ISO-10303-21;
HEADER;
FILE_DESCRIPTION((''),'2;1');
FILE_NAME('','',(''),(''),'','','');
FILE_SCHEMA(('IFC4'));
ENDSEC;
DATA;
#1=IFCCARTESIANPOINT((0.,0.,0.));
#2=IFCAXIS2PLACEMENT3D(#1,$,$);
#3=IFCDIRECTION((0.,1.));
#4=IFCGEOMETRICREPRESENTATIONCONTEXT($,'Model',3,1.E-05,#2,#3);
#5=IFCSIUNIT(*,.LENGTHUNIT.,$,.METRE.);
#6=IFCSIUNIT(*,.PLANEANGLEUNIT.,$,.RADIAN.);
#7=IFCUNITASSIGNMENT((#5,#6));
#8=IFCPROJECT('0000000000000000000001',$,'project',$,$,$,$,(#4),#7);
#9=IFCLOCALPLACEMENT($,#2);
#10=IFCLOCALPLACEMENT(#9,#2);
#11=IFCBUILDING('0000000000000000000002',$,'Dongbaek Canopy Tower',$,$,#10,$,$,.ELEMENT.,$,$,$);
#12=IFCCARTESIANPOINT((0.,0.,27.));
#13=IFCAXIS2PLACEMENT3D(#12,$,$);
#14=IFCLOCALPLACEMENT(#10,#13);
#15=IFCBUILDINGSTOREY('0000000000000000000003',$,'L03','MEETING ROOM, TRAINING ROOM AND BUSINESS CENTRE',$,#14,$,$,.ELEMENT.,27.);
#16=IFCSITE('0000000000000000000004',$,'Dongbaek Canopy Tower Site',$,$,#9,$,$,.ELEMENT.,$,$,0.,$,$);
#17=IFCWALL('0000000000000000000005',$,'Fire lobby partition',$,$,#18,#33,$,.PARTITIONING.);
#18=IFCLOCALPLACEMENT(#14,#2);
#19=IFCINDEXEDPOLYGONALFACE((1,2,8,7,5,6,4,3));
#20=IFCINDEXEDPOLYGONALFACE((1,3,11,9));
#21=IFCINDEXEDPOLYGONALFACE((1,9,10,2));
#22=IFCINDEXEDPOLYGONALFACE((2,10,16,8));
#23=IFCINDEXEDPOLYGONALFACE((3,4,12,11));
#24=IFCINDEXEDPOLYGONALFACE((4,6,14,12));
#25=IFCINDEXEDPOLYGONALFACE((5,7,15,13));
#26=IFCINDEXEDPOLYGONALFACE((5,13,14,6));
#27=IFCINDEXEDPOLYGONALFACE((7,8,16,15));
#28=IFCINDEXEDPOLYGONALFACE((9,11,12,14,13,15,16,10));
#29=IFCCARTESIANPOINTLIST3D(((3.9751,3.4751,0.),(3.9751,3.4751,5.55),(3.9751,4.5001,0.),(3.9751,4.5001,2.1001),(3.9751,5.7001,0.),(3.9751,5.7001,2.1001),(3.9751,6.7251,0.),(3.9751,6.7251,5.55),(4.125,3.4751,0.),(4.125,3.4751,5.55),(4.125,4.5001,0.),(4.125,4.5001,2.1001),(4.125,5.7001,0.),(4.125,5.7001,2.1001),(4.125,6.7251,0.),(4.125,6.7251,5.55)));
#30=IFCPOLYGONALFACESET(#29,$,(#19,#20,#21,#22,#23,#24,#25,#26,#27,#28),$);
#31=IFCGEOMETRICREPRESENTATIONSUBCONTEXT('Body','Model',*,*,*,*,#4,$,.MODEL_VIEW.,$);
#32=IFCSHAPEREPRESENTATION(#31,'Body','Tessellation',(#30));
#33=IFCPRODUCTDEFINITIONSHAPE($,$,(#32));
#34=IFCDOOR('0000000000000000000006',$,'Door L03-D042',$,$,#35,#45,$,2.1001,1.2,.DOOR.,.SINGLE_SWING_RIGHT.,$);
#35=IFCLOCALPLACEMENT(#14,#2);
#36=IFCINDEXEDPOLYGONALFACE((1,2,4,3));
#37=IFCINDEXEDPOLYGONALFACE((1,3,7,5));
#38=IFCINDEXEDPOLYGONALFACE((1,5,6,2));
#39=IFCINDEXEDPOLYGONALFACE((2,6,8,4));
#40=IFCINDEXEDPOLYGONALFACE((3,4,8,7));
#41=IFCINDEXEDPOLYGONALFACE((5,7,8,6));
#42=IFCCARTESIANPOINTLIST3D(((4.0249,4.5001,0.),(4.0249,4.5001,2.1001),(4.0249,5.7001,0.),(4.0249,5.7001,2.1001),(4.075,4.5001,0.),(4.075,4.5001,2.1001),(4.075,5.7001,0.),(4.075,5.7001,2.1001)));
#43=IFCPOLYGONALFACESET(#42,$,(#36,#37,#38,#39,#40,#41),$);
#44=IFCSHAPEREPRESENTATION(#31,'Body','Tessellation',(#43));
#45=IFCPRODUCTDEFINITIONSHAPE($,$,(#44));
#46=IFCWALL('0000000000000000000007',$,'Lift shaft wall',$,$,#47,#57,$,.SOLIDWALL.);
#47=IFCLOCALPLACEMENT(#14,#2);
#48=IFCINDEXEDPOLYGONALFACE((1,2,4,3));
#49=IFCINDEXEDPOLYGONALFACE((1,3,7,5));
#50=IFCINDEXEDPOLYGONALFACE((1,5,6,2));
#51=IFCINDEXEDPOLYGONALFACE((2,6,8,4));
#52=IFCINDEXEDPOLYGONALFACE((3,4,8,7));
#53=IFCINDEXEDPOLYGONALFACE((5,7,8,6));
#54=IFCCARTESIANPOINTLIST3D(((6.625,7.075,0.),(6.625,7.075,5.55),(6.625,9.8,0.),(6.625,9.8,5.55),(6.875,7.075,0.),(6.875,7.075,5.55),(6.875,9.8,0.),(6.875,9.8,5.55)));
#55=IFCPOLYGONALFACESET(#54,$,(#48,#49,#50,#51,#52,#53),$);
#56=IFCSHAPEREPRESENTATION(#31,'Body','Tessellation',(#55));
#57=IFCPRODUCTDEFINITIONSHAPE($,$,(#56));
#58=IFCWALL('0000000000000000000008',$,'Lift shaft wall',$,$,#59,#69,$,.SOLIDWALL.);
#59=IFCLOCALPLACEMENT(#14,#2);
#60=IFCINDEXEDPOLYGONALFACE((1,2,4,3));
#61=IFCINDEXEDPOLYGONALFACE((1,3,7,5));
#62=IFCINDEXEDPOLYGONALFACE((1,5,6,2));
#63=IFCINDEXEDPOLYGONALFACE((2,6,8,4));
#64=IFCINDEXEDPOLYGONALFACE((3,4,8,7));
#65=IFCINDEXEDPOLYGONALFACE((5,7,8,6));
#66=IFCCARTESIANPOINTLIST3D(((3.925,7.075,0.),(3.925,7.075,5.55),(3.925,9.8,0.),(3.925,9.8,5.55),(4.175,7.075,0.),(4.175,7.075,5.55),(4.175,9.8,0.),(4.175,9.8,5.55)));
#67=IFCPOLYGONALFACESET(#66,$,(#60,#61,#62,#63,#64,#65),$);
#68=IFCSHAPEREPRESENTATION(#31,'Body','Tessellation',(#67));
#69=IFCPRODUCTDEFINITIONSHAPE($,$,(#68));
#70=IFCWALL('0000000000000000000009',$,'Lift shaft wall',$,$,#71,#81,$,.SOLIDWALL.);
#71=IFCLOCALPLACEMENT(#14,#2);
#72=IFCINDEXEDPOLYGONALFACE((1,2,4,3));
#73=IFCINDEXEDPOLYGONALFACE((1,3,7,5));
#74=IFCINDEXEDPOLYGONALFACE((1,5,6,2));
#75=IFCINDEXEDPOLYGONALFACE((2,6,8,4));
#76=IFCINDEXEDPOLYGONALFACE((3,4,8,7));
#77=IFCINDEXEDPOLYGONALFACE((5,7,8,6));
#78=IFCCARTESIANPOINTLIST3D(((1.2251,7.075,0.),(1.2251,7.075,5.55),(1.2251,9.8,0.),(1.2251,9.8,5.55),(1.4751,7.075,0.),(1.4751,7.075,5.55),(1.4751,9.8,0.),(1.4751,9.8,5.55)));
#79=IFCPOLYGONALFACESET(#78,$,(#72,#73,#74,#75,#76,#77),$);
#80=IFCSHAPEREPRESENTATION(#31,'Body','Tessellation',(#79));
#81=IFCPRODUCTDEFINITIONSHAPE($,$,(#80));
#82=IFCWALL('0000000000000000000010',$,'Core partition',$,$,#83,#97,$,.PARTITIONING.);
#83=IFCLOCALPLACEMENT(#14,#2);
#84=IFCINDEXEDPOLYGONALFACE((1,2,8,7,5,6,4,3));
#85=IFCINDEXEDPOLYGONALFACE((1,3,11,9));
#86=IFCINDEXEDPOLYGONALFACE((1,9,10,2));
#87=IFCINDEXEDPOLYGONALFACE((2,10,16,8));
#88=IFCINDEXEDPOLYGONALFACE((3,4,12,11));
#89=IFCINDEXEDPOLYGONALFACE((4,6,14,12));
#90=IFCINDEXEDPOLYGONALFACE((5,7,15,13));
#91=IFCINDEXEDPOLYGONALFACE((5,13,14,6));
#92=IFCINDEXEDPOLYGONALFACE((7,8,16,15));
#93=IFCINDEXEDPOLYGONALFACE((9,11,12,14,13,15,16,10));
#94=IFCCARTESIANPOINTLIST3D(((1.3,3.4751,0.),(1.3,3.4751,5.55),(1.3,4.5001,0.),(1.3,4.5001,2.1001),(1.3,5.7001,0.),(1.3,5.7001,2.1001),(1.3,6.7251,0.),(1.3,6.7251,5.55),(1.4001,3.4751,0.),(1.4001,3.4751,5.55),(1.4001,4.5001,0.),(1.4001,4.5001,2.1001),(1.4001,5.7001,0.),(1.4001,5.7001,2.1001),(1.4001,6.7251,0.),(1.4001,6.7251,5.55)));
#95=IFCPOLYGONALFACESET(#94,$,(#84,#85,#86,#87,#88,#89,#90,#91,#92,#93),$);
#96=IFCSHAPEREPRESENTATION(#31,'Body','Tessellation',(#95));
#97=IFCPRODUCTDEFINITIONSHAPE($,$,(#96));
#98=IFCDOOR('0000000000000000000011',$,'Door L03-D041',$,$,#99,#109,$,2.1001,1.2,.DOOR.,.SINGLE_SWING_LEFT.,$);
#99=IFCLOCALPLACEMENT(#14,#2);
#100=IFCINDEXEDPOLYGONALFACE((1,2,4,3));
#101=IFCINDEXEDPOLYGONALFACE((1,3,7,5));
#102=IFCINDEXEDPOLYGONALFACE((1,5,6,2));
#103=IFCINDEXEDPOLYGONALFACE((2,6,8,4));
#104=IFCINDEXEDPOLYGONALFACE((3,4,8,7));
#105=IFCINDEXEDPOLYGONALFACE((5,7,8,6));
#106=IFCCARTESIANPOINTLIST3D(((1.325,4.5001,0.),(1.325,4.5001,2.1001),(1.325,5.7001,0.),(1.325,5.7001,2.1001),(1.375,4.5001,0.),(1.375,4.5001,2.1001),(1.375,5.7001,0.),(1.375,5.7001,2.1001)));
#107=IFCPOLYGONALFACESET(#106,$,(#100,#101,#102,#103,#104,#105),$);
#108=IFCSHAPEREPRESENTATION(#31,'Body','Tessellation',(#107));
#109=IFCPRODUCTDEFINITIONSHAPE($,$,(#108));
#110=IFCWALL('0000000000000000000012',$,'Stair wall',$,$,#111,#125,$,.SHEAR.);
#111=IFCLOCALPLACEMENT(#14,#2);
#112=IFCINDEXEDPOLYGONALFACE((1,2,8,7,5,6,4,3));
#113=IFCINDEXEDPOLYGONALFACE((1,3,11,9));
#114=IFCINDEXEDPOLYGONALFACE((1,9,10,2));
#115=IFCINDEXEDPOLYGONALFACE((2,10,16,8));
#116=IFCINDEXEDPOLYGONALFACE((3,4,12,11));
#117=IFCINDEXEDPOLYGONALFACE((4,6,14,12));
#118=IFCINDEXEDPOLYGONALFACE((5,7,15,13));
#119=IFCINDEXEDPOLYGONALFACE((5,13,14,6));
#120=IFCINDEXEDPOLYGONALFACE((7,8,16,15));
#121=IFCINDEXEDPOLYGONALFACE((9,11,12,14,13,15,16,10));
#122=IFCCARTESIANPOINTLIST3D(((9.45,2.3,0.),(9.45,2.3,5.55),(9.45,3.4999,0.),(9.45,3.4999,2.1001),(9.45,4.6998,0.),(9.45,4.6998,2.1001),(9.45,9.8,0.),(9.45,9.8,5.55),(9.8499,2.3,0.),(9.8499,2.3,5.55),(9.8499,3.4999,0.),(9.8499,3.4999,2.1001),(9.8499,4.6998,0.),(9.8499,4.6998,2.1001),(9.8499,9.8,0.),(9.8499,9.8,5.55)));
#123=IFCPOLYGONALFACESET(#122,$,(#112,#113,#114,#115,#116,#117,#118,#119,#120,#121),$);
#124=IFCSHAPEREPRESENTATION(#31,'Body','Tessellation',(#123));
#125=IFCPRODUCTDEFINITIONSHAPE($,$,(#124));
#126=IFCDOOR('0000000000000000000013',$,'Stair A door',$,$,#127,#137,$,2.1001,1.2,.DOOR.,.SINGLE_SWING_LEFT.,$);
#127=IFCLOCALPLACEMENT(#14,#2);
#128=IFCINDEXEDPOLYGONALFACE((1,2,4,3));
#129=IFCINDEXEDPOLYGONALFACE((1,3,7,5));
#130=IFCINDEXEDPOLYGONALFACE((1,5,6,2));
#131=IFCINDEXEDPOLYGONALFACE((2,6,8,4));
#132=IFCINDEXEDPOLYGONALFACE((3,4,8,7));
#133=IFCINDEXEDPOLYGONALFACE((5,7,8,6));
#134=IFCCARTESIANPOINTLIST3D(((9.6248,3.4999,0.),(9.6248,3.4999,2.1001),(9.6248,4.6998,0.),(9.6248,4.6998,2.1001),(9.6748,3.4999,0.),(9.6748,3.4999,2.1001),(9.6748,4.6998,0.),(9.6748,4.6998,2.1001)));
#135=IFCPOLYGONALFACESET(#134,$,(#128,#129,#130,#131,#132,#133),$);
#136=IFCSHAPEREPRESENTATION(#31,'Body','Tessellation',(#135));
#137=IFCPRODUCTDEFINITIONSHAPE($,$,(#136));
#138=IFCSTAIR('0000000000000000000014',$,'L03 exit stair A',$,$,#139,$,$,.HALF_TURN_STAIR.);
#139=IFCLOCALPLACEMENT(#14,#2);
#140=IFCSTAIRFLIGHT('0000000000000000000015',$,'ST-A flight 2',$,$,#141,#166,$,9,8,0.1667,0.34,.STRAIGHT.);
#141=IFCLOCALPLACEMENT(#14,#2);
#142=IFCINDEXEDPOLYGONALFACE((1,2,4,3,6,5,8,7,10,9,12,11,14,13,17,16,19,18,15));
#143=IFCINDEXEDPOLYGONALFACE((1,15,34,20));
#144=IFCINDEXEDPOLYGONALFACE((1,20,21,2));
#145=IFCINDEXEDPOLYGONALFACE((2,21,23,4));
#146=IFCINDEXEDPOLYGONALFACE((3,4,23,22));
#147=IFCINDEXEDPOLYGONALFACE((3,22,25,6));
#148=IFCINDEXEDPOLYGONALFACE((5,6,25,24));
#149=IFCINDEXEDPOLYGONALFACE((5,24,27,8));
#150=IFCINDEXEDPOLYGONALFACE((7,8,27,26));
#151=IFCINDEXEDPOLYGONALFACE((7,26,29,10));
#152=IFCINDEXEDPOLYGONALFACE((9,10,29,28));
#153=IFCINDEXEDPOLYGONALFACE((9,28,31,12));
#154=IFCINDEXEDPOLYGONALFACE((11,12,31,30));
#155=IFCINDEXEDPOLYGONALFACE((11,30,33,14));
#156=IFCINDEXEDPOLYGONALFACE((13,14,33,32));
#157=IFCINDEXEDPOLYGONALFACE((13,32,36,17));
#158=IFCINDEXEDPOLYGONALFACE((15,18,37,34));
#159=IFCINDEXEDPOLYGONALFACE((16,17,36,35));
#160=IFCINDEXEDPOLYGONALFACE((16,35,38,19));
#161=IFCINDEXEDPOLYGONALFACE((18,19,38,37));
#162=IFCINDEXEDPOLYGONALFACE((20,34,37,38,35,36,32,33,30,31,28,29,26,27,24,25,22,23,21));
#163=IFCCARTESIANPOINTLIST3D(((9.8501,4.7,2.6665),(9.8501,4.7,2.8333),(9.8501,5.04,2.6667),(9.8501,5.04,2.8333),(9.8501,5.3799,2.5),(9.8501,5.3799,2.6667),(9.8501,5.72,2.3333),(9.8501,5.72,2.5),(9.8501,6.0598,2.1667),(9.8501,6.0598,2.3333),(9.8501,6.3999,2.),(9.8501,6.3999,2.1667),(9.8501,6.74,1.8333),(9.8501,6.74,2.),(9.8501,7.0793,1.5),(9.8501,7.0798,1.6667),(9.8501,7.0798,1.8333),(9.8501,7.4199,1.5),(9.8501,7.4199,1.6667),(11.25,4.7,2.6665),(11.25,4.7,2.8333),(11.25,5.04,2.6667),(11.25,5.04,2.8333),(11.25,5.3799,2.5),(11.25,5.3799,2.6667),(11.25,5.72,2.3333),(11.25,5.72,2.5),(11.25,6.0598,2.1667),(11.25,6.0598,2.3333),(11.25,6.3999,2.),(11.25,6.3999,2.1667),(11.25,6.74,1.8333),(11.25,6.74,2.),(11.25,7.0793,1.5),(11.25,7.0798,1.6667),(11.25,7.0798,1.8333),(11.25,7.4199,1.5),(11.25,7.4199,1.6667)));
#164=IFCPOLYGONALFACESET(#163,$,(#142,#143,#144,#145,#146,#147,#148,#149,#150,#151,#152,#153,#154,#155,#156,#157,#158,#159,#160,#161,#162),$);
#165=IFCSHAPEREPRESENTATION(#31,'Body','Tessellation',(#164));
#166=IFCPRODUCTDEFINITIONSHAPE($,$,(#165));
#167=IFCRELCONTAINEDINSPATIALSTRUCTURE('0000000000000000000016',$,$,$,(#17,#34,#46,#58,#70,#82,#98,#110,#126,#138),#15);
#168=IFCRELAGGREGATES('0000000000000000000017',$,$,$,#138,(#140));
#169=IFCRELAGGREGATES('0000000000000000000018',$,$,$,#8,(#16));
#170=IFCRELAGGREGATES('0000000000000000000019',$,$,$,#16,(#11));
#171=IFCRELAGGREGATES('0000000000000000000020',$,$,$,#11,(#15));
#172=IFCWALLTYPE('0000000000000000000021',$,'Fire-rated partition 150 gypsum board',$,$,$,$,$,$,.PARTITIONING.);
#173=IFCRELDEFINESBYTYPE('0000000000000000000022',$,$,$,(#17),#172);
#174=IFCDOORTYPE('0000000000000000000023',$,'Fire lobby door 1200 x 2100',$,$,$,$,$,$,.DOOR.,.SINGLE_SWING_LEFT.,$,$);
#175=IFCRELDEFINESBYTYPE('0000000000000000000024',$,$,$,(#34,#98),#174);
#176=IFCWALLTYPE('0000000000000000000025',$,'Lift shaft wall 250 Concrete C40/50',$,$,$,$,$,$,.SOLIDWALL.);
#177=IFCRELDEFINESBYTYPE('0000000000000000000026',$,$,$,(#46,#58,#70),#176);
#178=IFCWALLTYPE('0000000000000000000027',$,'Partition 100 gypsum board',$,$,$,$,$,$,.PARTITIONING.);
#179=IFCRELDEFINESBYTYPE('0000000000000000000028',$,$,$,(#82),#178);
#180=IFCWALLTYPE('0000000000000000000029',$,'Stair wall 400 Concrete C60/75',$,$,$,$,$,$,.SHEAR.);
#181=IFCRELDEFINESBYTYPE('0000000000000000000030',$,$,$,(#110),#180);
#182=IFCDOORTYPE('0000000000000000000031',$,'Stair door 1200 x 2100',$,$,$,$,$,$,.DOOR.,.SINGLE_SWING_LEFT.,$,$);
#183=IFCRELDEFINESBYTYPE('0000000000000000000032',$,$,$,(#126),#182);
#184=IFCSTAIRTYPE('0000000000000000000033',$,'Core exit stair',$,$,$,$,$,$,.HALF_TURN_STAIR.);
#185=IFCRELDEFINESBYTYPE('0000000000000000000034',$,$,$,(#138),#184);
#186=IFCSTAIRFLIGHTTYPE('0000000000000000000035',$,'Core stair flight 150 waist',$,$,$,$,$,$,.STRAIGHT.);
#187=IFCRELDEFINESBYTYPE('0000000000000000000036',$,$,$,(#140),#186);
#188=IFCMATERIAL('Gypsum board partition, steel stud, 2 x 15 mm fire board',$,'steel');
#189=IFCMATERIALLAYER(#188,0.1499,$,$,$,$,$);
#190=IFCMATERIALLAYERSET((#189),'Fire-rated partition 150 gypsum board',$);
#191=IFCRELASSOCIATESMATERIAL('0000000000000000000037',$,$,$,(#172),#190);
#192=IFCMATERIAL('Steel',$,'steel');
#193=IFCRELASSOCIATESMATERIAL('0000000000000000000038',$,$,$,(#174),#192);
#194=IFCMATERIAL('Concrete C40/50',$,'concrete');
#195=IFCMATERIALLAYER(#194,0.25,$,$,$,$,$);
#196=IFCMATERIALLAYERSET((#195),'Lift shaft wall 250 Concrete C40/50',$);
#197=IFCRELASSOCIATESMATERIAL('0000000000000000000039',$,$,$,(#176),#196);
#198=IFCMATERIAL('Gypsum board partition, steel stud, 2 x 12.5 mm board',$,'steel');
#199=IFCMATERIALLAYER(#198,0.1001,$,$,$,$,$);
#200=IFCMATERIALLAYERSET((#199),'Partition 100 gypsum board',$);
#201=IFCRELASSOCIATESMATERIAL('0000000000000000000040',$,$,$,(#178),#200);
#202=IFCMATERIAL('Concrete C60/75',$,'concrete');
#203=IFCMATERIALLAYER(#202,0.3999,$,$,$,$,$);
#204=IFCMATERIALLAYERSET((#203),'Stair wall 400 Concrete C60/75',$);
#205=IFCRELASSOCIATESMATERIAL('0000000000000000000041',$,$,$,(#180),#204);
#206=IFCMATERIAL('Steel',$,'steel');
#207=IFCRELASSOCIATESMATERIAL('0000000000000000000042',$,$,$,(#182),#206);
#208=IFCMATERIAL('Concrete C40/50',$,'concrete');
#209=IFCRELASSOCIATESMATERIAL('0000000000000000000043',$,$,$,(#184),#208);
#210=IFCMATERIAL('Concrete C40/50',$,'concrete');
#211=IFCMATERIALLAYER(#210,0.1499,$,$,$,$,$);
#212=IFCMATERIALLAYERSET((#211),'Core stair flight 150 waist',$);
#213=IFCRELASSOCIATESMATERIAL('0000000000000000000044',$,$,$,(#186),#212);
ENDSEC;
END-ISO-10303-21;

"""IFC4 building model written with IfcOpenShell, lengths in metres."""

from ifc_helpers import new_model, si_unit, direction, frame, frame_2d, origin, place, context, subcontext, project, spatial, polyline, rectangle, outline, extrude, material, layer, layer_set, type_object, element, fill, aggregate, save


model = new_model("IFC4")

# Units and contexts
model_context = context("Model", 3, precision=1e-05, world=origin(), true_north=direction((0.0, 1.0)))
body_context = subcontext(model_context, "Body", "Model", "MODEL_VIEW")
ifc_project = project(units=[si_unit("LENGTHUNIT", "METRE"), si_unit("PLANEANGLEUNIT", "RADIAN")], contexts=[model_context])

# Site, building, storey
site_placement = place(None, origin())
site = spatial("IfcSite", under=ifc_project, at=site_placement, Name="Dongbaek Canopy Tower Site", CompositionType="ELEMENT", RefElevation=0.0)
building_placement = place(site_placement, origin())
building = spatial("IfcBuilding", under=site, at=building_placement, Name="Dongbaek Canopy Tower", CompositionType="ELEMENT")
storey_placement = place(building_placement, frame((0.0, 0.0, 27.0)))
storey = spatial("IfcBuildingStorey", under=building, at=storey_placement, Name="L03", Description="MEETING ROOM, TRAINING ROOM AND BUSINESS CENTRE", CompositionType="ELEMENT", Elevation=27.0)

# Wall, opening, door
ifc_material_1 = material(Name="Gypsum board partition, steel stud, 2 x 15 mm fire board", Category="steel")
ifc_layer_1 = layer(ifc_material_1, 0.1499)
ifc_layer_set_1 = layer_set([ifc_layer_1], Name="Fire-rated partition 150 gypsum board")
wall_type_1 = type_object("IfcWallType", Name="Fire-rated partition 150 gypsum board", PredefinedType="PARTITIONING", material=ifc_layer_set_1)
wall_1_placement = place(storey_placement, frame((4.05, 6.7251, 0.0), z_axis=(0.0, 0.0, 1.0), x_axis=(0.0, -1.0, 0.0)))
wall_1 = element("IfcWall", 1, at=wall_1_placement, inside=storey, type_object=wall_type_1, Name="Fire lobby partition", PredefinedType="PARTITIONING", context=body_context, shape_type="SweptSolid", body=[
    extrude(rectangle(XDim=3.25, YDim=0.1499, at=frame_2d((1.625, 0.0))), origin(), (0.0, 0.0, 1.0), 5.55),
])
opening_1_placement = place(wall_1_placement, frame((1.0249, 0.0, 0.0)))
opening_1 = element("IfcOpeningElement", 2, at=opening_1_placement, cuts=wall_1, PredefinedType="OPENING", context=body_context, shape_type="SweptSolid", body=[
    extrude(rectangle(XDim=1.2, YDim=2.1001, at=frame_2d((0.6001, 1.05))), frame((0.0, 0.085, 0.0), z_axis=(0.0, -1.0, 0.0), x_axis=(1.0, 0.0, 0.0)), (0.0, 0.0, 1.0), 0.1699),
])
ifc_material_2 = material(Name="Steel", Category="steel")
door_type_1 = type_object("IfcDoorType", Name="Fire lobby door 1200 x 2100", OperationType="SINGLE_SWING_LEFT", PredefinedType="DOOR", material=ifc_material_2)
door_1_placement = place(opening_1_placement, origin())
door_1 = element("IfcDoor", 3, at=door_1_placement, inside=storey, type_object=door_type_1, Name="Door L03-D042", OperationType="SINGLE_SWING_RIGHT", OverallHeight=2.1001, OverallWidth=1.2, PredefinedType="DOOR", context=body_context, shape_type="SweptSolid", body=[
    extrude(rectangle(XDim=1.2, YDim=2.1001, at=frame_2d((0.6001, 1.05))), frame((0.0, 0.0249, 0.0), z_axis=(0.0, -1.0, 0.0), x_axis=(1.0, 0.0, 0.0)), (0.0, 0.0, 1.0), 0.05),
])
fill(opening_1, door_1)

# Walls
ifc_material_3 = material(Name="Concrete C40/50", Category="concrete")
ifc_layer_2 = layer(ifc_material_3, 0.25)
ifc_layer_set_2 = layer_set([ifc_layer_2], Name="Lift shaft wall 250 Concrete C40/50")
wall_type_2 = type_object("IfcWallType", Name="Lift shaft wall 250 Concrete C40/50", PredefinedType="SOLIDWALL", material=ifc_layer_set_2)
for number, where, z_axis, x_axis, name in (
    (4, (6.75, 7.075, 0.0), (0.0, 0.0, 1.0), (0.0, 1.0, 0.0), "Lift shaft wall"),
    (5, (4.05, 7.075, 0.0), (0.0, 0.0, 1.0), (0.0, 1.0, 0.0), "Lift shaft wall"),
    (6, (1.3501, 7.075, 0.0), (0.0, 0.0, 1.0), (0.0, 1.0, 0.0), "Lift shaft wall"),
):
    element("IfcWall", number, at=place(storey_placement, frame(where, z_axis=z_axis, x_axis=x_axis)), inside=storey, type_object=wall_type_2, Name=name, PredefinedType="SOLIDWALL", context=body_context, shape_type="SweptSolid", body=[
        extrude(rectangle(XDim=2.7251, YDim=0.25, at=frame_2d((1.3625, 0.0))), origin(), (0.0, 0.0, 1.0), 5.55),
    ])

# Walls, openings, doors
ifc_material_4 = material(Name="Gypsum board partition, steel stud, 2 x 12.5 mm board", Category="steel")
ifc_layer_3 = layer(ifc_material_4, 0.1001)
ifc_layer_set_3 = layer_set([ifc_layer_3], Name="Partition 100 gypsum board")
wall_type_3 = type_object("IfcWallType", Name="Partition 100 gypsum board", PredefinedType="PARTITIONING", material=ifc_layer_set_3)
wall_2_placement = place(storey_placement, frame((1.3501, 6.7251, 0.0), z_axis=(0.0, 0.0, 1.0), x_axis=(0.0, -1.0, 0.0)))
wall_2 = element("IfcWall", 7, at=wall_2_placement, inside=storey, type_object=wall_type_3, Name="Core partition", PredefinedType="PARTITIONING", context=body_context, shape_type="SweptSolid", body=[
    extrude(rectangle(XDim=3.25, YDim=0.1001, at=frame_2d((1.625, 0.0))), origin(), (0.0, 0.0, 1.0), 5.55),
])
opening_2_placement = place(wall_2_placement, frame((1.0249, 0.0, 0.0)))
opening_2 = element("IfcOpeningElement", 8, at=opening_2_placement, cuts=wall_2, PredefinedType="OPENING", context=body_context, shape_type="SweptSolid", body=[
    extrude(rectangle(XDim=1.2, YDim=2.1001, at=frame_2d((0.6001, 1.05))), frame((0.0, 0.0601, 0.0), z_axis=(0.0, -1.0, 0.0), x_axis=(1.0, 0.0, 0.0)), (0.0, 0.0, 1.0), 0.1201),
])
door_2_placement = place(opening_2_placement, origin())
door_2 = element("IfcDoor", 9, at=door_2_placement, inside=storey, type_object=door_type_1, Name="Door L03-D041", OperationType="SINGLE_SWING_LEFT", OverallHeight=2.1001, OverallWidth=1.2, PredefinedType="DOOR", context=body_context, shape_type="SweptSolid", body=[
    extrude(rectangle(XDim=1.2, YDim=2.1001, at=frame_2d((0.6001, 1.05))), frame((0.0, 0.0249, 0.0), z_axis=(0.0, -1.0, 0.0), x_axis=(1.0, 0.0, 0.0)), (0.0, 0.0, 1.0), 0.05),
])
fill(opening_2, door_2)
ifc_material_5 = material(Name="Concrete C60/75", Category="concrete")
ifc_layer_4 = layer(ifc_material_5, 0.3999)
ifc_layer_set_4 = layer_set([ifc_layer_4], Name="Stair wall 400 Concrete C60/75")
wall_type_4 = type_object("IfcWallType", Name="Stair wall 400 Concrete C60/75", PredefinedType="SHEAR", material=ifc_layer_set_4)
wall_3_placement = place(storey_placement, frame((9.6499, 9.8, 0.0), z_axis=(0.0, 0.0, 1.0), x_axis=(0.0, -1.0, 0.0)))
wall_3 = element("IfcWall", 10, at=wall_3_placement, inside=storey, type_object=wall_type_4, Name="Stair wall", PredefinedType="SHEAR", context=body_context, shape_type="SweptSolid", body=[
    extrude(rectangle(XDim=7.5, YDim=0.3999, at=frame_2d((3.75, 0.0))), origin(), (0.0, 0.0, 1.0), 5.55),
])
opening_3_placement = place(wall_3_placement, frame((5.1001, 0.0, 0.0)))
opening_3 = element("IfcOpeningElement", 11, at=opening_3_placement, cuts=wall_3, PredefinedType="OPENING", context=body_context, shape_type="SweptSolid", body=[
    extrude(rectangle(XDim=1.2, YDim=2.1001, at=frame_2d((0.6001, 1.05))), frame((0.0, 0.21, 0.0), z_axis=(0.0, -1.0, 0.0), x_axis=(1.0, 0.0, 0.0)), (0.0, 0.0, 1.0), 0.4199),
])
ifc_material_6 = material(Name="Steel", Category="steel")
door_type_2 = type_object("IfcDoorType", Name="Stair door 1200 x 2100", OperationType="SINGLE_SWING_LEFT", PredefinedType="DOOR", material=ifc_material_6)
door_3_placement = place(opening_3_placement, origin())
door_3 = element("IfcDoor", 12, at=door_3_placement, inside=storey, type_object=door_type_2, Name="Stair A door", OperationType="SINGLE_SWING_LEFT", OverallHeight=2.1001, OverallWidth=1.2, PredefinedType="DOOR", context=body_context, shape_type="SweptSolid", body=[
    extrude(rectangle(XDim=1.2, YDim=2.1001, at=frame_2d((0.6001, 1.05))), frame((0.0, 0.0249, 0.0), z_axis=(0.0, -1.0, 0.0), x_axis=(1.0, 0.0, 0.0)), (0.0, 0.0, 1.0), 0.05),
])
fill(opening_3, door_3)

# Stair, stair flight
ifc_material_7 = material(Name="Concrete C40/50", Category="concrete")
stair_type = type_object("IfcStairType", Name="Core exit stair", PredefinedType="HALF_TURN_STAIR", material=ifc_material_7)
stair_placement = place(storey_placement, origin())
stair = element("IfcStair", 13, at=stair_placement, inside=storey, type_object=stair_type, Name="L03 exit stair A", PredefinedType="HALF_TURN_STAIR")
ifc_material_8 = material(Name="Concrete C40/50", Category="concrete")
ifc_layer_5 = layer(ifc_material_8, 0.1499)
ifc_layer_set_5 = layer_set([ifc_layer_5], Name="Core stair flight 150 waist")
stair_flight_type = type_object("IfcStairFlightType", Name="Core stair flight 150 waist", PredefinedType="STRAIGHT", material=ifc_layer_set_5)
stair_flight_placement = place(storey_placement, frame((10.55, 7.4199, 1.5), z_axis=(0.0, 0.0, 1.0), x_axis=(0.0, -1.0, 0.0)))
stair_flight = element("IfcStairFlight", 14, at=stair_flight_placement, type_object=stair_flight_type, Name="ST-A flight 2", NumberOfRisers=9, NumberOfTreads=8, PredefinedType="STRAIGHT", RiserHeight=0.1667, TreadLength=0.34, context=body_context, shape_type="SweptSolid", body=[
    extrude(outline(polyline([(0.0, 0.0), (0.0, 0.1667), (0.3401, 0.1667), (0.3401, 0.3333), (0.6799, 0.3333), (0.6799, 0.5), (1.02, 0.5), (1.02, 0.6667), (1.3601, 0.6667), (1.3601, 0.8333), (1.7, 0.8333), (1.7, 1.0), (2.04, 1.0), (2.04, 1.1667), (2.3799, 1.1667), (2.3799, 1.3333), (2.72, 1.3333), (2.72, 1.5), (2.72, 1.1665), (0.3406, 0.0), (0.0, 0.0)])), frame((0.0, 0.7, 0.0), z_axis=(0.0, -1.0, 0.0), x_axis=(1.0, 0.0, 0.0)), (0.0, 0.0, 1.0), 1.3999),
])
aggregate(stair, [stair_flight])

save(model, "model.ifc")
